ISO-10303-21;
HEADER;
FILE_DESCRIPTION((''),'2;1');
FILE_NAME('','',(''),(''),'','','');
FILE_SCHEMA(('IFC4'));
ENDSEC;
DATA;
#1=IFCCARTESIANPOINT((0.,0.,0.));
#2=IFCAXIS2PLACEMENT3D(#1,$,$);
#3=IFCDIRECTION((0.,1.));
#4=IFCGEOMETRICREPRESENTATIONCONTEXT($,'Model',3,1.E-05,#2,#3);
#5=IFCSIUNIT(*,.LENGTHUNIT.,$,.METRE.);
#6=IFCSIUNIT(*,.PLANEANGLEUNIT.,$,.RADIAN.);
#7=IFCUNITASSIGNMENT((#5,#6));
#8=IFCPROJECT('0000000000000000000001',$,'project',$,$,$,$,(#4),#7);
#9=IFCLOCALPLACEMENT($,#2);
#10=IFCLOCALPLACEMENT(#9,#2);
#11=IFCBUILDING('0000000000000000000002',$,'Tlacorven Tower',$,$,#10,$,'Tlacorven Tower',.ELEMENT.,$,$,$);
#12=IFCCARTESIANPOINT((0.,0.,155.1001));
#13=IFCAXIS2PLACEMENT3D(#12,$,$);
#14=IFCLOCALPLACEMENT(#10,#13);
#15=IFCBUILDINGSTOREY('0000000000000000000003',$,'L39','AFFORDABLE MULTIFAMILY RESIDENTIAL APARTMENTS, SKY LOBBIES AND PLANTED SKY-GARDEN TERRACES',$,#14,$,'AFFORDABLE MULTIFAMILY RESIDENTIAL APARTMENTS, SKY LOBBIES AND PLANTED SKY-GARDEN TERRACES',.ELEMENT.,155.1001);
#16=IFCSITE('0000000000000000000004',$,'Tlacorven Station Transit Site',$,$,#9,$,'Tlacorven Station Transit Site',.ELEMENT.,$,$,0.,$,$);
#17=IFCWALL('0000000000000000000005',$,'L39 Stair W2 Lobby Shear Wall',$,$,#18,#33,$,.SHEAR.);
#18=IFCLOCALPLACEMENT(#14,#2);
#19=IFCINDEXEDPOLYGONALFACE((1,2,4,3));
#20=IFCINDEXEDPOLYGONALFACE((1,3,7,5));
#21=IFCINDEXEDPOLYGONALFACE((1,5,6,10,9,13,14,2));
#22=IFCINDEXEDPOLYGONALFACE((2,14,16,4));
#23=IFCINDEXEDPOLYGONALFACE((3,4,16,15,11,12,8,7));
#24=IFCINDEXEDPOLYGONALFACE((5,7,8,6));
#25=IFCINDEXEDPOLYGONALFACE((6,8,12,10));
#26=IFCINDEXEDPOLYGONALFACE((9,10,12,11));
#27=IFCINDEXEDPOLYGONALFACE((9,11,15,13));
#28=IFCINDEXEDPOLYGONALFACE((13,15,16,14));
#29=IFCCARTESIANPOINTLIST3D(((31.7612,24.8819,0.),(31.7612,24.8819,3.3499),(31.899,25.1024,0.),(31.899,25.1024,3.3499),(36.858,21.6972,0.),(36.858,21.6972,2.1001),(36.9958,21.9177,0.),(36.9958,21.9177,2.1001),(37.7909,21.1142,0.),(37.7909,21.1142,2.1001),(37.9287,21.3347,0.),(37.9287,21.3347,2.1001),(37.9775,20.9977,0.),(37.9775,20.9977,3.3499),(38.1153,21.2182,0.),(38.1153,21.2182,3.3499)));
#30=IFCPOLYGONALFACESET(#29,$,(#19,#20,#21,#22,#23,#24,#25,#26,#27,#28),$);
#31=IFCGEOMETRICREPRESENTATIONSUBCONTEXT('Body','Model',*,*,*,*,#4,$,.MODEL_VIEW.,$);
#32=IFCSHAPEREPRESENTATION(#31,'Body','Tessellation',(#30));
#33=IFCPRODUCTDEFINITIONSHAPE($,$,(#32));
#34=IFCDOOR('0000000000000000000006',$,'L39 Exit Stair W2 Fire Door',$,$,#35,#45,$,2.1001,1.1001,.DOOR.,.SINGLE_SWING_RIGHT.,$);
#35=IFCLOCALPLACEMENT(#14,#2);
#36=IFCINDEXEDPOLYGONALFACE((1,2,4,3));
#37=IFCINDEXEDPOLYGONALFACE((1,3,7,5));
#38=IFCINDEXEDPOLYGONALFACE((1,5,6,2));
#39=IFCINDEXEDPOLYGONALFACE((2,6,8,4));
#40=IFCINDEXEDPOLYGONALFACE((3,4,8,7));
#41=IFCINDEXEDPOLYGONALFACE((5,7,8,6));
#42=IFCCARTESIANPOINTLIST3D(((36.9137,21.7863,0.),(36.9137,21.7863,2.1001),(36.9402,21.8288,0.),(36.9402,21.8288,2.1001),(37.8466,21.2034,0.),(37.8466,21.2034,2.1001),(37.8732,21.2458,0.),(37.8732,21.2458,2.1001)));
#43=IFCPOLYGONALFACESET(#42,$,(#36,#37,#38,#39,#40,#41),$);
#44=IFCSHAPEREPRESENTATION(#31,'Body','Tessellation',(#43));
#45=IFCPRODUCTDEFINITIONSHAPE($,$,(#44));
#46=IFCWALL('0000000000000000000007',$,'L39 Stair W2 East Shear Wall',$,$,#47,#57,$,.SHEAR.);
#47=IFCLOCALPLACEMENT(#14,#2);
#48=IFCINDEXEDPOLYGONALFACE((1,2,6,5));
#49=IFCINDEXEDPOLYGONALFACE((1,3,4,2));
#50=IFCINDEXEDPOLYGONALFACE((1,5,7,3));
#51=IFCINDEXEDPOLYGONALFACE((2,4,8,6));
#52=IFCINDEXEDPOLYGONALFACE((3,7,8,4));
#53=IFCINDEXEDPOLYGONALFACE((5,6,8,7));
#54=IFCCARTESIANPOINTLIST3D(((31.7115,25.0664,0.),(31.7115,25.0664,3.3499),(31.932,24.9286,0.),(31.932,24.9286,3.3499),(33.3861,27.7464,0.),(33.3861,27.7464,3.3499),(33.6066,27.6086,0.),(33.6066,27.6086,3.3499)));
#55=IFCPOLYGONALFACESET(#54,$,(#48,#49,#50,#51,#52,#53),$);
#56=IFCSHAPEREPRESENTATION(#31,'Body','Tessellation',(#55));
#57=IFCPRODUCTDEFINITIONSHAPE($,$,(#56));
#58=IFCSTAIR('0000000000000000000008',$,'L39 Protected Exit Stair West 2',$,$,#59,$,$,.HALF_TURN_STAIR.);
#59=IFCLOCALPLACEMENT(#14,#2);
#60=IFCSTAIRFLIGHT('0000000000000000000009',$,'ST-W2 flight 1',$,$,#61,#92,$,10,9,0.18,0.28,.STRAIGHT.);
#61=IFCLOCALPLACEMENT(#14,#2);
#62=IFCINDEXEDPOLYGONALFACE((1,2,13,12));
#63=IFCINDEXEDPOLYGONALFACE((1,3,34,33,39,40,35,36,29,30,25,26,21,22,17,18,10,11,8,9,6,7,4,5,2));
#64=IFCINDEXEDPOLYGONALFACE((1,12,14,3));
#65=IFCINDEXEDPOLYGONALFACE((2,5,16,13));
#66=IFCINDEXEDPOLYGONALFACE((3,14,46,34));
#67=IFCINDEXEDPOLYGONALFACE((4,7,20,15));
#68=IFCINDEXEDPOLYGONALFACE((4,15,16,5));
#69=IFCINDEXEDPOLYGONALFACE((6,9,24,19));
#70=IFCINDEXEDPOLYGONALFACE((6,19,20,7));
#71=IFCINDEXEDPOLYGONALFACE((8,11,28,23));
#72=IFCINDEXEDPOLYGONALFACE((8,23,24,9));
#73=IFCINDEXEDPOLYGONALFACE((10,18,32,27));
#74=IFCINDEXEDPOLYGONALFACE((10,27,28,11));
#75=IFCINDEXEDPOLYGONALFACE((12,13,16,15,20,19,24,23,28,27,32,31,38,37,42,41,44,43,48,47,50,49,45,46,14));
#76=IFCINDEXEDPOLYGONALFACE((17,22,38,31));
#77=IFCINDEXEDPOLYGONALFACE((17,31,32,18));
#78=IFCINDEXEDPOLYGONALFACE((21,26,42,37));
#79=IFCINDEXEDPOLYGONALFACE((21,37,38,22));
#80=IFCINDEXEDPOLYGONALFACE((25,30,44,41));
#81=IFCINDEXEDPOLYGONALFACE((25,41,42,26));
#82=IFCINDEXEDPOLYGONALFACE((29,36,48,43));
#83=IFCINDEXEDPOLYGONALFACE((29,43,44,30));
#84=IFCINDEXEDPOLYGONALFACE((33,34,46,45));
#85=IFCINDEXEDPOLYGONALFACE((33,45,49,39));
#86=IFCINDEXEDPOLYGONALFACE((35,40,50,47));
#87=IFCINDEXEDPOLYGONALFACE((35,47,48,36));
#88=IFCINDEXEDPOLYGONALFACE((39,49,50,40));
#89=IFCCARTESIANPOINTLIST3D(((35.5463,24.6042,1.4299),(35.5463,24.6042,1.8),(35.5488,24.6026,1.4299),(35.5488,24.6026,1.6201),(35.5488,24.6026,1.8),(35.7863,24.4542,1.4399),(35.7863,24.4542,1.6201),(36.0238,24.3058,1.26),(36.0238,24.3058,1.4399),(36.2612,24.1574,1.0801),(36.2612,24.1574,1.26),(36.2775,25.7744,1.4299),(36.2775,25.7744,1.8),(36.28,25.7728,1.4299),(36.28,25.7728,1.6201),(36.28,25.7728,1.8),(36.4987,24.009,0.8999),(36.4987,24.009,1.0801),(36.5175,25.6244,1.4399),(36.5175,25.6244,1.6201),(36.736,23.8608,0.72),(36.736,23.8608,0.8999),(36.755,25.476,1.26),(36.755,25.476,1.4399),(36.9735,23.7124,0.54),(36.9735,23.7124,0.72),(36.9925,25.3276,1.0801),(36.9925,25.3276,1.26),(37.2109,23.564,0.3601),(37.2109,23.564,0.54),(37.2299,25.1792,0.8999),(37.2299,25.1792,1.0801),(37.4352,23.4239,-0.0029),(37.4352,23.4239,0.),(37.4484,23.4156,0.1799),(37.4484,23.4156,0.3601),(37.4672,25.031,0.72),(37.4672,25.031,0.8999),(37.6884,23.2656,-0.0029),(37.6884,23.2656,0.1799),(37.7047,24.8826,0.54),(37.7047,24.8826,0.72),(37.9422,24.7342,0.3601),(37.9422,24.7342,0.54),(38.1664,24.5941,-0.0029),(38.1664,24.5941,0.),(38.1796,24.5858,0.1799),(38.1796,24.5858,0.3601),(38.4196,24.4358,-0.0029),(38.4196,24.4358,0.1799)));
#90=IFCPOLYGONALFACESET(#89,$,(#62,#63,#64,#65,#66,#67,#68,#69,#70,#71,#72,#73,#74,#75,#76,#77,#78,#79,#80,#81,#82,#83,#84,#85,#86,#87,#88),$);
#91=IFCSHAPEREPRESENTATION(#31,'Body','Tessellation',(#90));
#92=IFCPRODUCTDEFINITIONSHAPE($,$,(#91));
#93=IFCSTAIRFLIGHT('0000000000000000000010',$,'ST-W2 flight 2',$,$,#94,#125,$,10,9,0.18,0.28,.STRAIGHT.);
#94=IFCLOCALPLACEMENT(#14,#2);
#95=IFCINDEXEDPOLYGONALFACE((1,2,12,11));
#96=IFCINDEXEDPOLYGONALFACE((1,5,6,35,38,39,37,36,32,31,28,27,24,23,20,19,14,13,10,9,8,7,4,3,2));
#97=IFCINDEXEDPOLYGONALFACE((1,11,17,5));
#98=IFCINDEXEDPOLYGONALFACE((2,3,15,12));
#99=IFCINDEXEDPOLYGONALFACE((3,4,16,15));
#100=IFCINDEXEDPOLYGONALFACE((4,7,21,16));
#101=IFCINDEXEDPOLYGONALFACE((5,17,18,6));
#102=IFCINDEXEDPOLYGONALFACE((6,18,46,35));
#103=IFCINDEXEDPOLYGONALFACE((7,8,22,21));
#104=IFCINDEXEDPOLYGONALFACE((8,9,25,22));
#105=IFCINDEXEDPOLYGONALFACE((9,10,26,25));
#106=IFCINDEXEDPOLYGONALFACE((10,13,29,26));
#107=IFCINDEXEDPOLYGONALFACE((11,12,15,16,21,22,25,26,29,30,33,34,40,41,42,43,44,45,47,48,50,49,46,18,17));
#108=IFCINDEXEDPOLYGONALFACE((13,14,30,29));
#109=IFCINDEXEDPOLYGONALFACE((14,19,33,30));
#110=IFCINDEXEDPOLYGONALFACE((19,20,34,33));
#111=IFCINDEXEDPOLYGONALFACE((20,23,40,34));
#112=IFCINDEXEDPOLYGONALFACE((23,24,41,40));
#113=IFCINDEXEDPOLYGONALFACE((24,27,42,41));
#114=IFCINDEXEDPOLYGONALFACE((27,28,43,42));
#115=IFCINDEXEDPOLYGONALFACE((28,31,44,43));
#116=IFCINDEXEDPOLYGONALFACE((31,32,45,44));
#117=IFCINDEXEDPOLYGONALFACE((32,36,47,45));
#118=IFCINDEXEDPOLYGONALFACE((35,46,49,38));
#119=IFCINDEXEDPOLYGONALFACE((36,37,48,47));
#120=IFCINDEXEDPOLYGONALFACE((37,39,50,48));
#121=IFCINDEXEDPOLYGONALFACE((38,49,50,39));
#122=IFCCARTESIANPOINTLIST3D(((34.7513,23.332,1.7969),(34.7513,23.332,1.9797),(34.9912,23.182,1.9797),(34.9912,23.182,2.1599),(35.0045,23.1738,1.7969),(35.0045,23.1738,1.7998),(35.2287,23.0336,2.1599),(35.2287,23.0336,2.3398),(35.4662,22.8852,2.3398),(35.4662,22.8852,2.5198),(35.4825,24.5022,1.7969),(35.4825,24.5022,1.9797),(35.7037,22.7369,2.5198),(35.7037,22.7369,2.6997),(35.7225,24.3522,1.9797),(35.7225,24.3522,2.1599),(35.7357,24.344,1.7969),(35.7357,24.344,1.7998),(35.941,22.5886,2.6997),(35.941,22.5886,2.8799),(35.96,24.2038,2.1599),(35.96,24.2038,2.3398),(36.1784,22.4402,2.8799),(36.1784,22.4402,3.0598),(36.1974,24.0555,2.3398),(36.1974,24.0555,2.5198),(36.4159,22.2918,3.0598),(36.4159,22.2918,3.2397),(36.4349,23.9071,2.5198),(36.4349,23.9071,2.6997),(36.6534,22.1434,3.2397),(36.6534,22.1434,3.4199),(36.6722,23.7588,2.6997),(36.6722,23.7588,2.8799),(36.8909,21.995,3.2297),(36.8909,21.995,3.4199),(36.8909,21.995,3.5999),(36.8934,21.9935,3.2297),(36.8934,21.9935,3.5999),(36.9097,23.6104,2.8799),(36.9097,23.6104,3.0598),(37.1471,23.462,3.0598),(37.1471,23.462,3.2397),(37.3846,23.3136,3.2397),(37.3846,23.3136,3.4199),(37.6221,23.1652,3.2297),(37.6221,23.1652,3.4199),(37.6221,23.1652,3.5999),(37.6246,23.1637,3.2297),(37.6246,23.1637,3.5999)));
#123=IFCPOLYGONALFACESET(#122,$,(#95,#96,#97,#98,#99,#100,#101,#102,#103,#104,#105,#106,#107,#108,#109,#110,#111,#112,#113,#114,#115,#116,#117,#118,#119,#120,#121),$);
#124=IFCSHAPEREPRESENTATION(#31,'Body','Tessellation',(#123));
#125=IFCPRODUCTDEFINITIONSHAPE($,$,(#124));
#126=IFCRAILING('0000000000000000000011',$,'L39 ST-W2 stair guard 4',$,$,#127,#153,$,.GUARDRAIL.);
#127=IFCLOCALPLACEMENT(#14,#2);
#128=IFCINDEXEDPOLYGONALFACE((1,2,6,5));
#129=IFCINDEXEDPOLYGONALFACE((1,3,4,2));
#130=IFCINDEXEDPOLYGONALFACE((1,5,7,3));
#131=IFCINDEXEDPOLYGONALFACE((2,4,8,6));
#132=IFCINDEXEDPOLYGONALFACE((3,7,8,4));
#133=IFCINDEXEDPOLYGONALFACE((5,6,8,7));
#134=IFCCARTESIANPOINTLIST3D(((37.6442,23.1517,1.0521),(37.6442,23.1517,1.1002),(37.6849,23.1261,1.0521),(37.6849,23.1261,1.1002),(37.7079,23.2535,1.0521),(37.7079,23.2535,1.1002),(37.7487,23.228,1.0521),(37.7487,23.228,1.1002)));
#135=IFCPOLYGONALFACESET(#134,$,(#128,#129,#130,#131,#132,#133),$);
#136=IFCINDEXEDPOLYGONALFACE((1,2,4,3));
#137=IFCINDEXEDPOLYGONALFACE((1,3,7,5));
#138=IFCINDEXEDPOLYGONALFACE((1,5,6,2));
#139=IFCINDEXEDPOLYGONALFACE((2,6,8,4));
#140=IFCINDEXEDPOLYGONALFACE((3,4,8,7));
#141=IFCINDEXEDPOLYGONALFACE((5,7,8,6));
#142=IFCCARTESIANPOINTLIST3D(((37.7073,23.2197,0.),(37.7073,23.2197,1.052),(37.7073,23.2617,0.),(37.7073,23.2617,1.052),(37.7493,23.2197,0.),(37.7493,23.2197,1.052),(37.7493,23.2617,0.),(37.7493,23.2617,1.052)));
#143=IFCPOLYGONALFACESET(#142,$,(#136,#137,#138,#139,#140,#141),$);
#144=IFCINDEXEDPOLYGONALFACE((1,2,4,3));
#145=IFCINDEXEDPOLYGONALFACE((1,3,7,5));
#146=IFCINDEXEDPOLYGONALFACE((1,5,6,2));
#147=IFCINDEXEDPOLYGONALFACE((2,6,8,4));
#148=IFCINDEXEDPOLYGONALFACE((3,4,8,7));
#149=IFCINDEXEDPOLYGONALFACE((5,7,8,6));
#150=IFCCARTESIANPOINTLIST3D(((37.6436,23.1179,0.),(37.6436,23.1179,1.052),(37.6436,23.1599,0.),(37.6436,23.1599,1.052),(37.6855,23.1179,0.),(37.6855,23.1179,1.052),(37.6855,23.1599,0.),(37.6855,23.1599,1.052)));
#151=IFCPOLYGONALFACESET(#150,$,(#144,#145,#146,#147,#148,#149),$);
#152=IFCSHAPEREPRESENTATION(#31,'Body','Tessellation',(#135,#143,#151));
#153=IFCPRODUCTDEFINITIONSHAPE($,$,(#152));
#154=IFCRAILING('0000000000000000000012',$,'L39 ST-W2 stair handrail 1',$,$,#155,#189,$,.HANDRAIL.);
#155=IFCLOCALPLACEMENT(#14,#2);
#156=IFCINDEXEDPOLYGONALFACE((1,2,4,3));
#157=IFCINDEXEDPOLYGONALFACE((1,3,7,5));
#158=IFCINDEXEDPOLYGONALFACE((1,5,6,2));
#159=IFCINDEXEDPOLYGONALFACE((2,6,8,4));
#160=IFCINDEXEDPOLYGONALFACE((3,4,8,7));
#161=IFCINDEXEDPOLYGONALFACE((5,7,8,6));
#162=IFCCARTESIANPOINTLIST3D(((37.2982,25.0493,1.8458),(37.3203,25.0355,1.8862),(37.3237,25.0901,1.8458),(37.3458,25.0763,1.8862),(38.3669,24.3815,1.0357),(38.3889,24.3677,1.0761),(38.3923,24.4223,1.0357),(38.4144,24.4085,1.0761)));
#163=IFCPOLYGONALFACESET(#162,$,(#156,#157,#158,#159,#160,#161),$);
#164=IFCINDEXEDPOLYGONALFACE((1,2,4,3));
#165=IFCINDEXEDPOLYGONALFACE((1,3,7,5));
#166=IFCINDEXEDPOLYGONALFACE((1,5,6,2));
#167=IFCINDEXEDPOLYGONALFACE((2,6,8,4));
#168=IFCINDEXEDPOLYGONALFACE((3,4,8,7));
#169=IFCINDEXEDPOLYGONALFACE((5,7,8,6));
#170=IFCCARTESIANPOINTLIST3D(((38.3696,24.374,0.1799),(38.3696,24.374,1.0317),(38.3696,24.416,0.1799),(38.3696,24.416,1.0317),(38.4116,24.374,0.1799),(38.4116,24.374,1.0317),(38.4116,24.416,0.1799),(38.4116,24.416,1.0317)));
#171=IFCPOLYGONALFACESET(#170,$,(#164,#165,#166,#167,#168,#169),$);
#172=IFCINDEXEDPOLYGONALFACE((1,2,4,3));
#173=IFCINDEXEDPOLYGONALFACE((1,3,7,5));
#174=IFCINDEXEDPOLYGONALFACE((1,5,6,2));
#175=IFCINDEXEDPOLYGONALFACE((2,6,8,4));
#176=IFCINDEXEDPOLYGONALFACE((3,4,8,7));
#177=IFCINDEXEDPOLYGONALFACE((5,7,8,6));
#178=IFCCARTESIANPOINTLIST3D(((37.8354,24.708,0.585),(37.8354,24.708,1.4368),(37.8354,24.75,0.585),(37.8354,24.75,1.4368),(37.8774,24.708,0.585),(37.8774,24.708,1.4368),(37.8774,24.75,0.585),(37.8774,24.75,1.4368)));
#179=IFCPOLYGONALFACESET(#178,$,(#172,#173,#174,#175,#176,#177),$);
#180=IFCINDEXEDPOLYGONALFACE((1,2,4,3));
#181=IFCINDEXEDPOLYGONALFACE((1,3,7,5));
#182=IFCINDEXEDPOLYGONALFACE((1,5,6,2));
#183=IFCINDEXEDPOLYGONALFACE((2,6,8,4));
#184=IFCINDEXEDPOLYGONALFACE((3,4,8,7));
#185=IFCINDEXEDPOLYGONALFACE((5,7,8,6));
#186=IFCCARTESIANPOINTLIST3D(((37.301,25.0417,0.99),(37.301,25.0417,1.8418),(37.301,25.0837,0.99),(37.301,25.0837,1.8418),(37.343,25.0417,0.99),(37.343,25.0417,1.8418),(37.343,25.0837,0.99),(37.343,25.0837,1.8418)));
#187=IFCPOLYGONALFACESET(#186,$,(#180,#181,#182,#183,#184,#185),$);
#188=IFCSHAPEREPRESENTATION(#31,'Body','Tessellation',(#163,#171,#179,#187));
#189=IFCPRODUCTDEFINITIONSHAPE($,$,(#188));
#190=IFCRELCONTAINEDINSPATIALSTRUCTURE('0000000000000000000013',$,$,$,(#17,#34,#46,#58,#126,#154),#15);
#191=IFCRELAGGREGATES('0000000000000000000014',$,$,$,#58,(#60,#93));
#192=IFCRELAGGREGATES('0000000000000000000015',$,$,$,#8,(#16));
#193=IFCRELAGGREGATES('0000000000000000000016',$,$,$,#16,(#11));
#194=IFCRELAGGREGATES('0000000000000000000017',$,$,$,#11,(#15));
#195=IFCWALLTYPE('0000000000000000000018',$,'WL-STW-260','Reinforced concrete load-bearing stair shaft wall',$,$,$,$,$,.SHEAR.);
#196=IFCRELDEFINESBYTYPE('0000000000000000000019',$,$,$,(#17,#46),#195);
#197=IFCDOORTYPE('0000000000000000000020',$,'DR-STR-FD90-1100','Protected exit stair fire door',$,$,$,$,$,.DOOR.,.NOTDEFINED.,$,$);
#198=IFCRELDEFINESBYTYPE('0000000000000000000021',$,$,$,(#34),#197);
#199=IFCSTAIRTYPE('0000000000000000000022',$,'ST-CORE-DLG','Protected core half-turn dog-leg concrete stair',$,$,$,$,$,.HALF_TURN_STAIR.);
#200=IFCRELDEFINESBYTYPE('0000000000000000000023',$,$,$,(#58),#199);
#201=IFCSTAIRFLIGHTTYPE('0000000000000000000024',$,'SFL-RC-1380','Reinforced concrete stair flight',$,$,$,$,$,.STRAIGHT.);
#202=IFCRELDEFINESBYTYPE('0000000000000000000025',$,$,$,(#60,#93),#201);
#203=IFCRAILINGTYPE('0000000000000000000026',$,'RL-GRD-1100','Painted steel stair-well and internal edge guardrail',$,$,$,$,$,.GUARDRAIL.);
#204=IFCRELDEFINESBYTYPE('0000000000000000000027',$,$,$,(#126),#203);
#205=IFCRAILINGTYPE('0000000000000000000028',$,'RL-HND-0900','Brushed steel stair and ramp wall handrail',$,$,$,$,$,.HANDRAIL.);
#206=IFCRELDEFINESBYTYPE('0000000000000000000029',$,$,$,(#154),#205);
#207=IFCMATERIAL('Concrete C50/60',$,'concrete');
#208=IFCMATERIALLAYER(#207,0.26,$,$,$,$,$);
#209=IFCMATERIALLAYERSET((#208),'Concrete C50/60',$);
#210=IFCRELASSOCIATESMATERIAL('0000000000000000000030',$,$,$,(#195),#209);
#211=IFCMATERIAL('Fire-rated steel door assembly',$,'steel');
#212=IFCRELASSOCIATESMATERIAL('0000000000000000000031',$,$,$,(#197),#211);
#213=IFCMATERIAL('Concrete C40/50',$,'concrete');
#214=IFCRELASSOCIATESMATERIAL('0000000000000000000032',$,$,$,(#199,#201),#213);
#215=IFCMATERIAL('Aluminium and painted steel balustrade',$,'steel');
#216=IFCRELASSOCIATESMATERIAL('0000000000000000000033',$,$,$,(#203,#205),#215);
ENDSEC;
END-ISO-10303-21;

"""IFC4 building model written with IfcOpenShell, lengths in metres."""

from ifc_helpers import new_model, si_unit, direction, frame, frame_2d, origin, origin_2d, place, context, subcontext, project, spatial, polyline, rectangle, outline, extrude, source, transform, mapped, material, layer, layer_set, type_object, element, fill, aggregate, save


model = new_model("IFC4")

# Units and contexts
model_context = context("Model", 3, precision=1e-05, world=origin(), true_north=direction((0.0, 1.0)))
body_context = subcontext(model_context, "Body", "Model", "MODEL_VIEW")
ifc_project = project(units=[si_unit("LENGTHUNIT", "METRE"), si_unit("PLANEANGLEUNIT", "RADIAN")], contexts=[model_context])

# Site, building, storey
site_placement = place(None, origin())
site = spatial("IfcSite", under=ifc_project, at=site_placement, Name="Tlacorven Station Transit Site", LongName="Tlacorven Station Transit Site", CompositionType="ELEMENT", RefElevation=0.0)
building_placement = place(site_placement, origin())
building = spatial("IfcBuilding", under=site, at=building_placement, Name="Tlacorven Tower", LongName="Tlacorven Tower", CompositionType="ELEMENT")
storey_placement = place(building_placement, frame((0.0, 0.0, 155.1001)))
storey = spatial("IfcBuildingStorey", under=building, at=storey_placement, Name="L39", Description="AFFORDABLE MULTIFAMILY RESIDENTIAL APARTMENTS, SKY LOBBIES AND PLANTED SKY-GARDEN TERRACES", LongName="AFFORDABLE MULTIFAMILY RESIDENTIAL APARTMENTS, SKY LOBBIES AND PLANTED SKY-GARDEN TERRACES", CompositionType="ELEMENT", Elevation=155.1001)

# Shared definitions
ifc_material_1 = material(Name="Concrete C40/50", Category="concrete")
ifc_material_2 = material(Name="Concrete C50/60", Category="concrete")
ifc_layer_1 = layer(ifc_material_2, 0.26)
ifc_layer_set_1 = layer_set([ifc_layer_1], Name="Concrete C50/60")
wall_type_1 = type_object("IfcWallType", Name="WL-STW-260", Description="Reinforced concrete load-bearing stair shaft wall", PredefinedType="SHEAR", material=ifc_layer_set_1)

# Wall, opening, door
wall_1_placement = place(storey_placement, frame((38.0464, 21.1079, 0.0), z_axis=(0.0, 0.0, 1.0), x_axis=(-0.848054, 0.529909, 0.0)))
wall_1 = element("IfcWall", 1, at=wall_1_placement, inside=storey, type_object=wall_type_1, Name="L39 Stair W2 Lobby Shear Wall", PredefinedType="SHEAR", context=body_context, shape_type="SweptSolid", body=[
    extrude(rectangle(XDim=7.3301, YDim=0.26, at=frame_2d((3.665, 0.0))), origin(), (0.0, 0.0, 1.0), 3.3499),
])
opening_placement = place(wall_1_placement, frame((0.22, 0.0, 0.0)))
opening = element("IfcOpeningElement", 2, at=opening_placement, cuts=wall_1, PredefinedType="OPENING", context=body_context, shape_type="SweptSolid", body=[
    extrude(rectangle(XDim=1.1001, YDim=2.1001, at=frame_2d((0.55, 1.05))), frame((0.0, 0.1401, 0.0), z_axis=(0.0, -1.0, 0.0), x_axis=(1.0, 0.0, 0.0)), (0.0, 0.0, 1.0), 0.28),
])
ifc_material_3 = material(Name="Fire-rated steel door assembly", Category="steel")
door_type = type_object("IfcDoorType", Name="DR-STR-FD90-1100", Description="Protected exit stair fire door", OperationType="NOTDEFINED", PredefinedType="DOOR", material=ifc_material_3)
shared_shape_1 = source(origin(), body_context, "Body", "SweptSolid", [
    extrude(rectangle(XDim=1.1001, YDim=2.1001, at=frame_2d((0.55, 1.05))), frame((0.0, 0.0249, 0.0), z_axis=(0.0, -1.0, 0.0), x_axis=(1.0, 0.0, 0.0)), (0.0, 0.0, 1.0), 0.05),
])
door_placement = place(opening_placement, origin())
door = element("IfcDoor", 3, at=door_placement, inside=storey, type_object=door_type, Name="L39 Exit Stair W2 Fire Door", OperationType="SINGLE_SWING_RIGHT", OverallHeight=2.1001, OverallWidth=1.1001, PredefinedType="DOOR", context=body_context, shape_type="MappedRepresentation", body=[
    mapped(shared_shape_1, transform((0.0, 0.0, 0.0), scale=1.0)),
])
fill(opening, door)

# Wall
wall_2_placement = place(storey_placement, frame((33.4963, 27.6775, 0.0), z_axis=(0.0, 0.0, 1.0), x_axis=(-0.529909, -0.848055, 0.0)))
element("IfcWall", 4, at=wall_2_placement, inside=storey, type_object=wall_type_1, Name="L39 Stair W2 East Shear Wall", PredefinedType="SHEAR", context=body_context, shape_type="SweptSolid", body=[
    extrude(rectangle(XDim=3.1602, YDim=0.26, at=frame_2d((1.5801, 0.0))), origin(), (0.0, 0.0, 1.0), 3.3499),
])

# Stair, stair flights
stair_type = type_object("IfcStairType", Name="ST-CORE-DLG", Description="Protected core half-turn dog-leg concrete stair", PredefinedType="HALF_TURN_STAIR", material=ifc_material_1)
stair_placement = place(storey_placement, origin())
stair = element("IfcStair", 5, at=stair_placement, inside=storey, type_object=stair_type, Name="L39 Protected Exit Stair West 2", PredefinedType="HALF_TURN_STAIR")
stair_flight_type = type_object("IfcStairFlightType", Name="SFL-RC-1380", Description="Reinforced concrete stair flight", PredefinedType="STRAIGHT", material=ifc_material_1)
shared_shape_2 = source(origin(), body_context, "Body", "SweptSolid", [
    extrude(outline(polyline([(-0.0029, -0.0029), (-0.0029, 0.1799), (0.28, 0.1799), (0.28, 0.3601), (0.5601, 0.3601), (0.5601, 0.54), (0.8401, 0.54), (0.8401, 0.72), (1.1201, 0.72), (1.1201, 0.8999), (1.3999, 0.8999), (1.3999, 1.0801), (1.6799, 1.0801), (1.6799, 1.26), (1.96, 1.26), (1.96, 1.4399), (2.24, 1.4399), (2.24, 1.6201), (2.52, 1.6201), (2.52, 1.8), (2.5229, 1.8), (2.5229, 1.4299), (2.52, 1.4299), (0.2957, 0.0), (0.2957, -0.0029), (-0.0029, -0.0029)])), frame((0.0, 0.6899, 0.0), z_axis=(0.0, -1.0, 0.0), x_axis=(1.0, 0.0, 0.0)), (0.0, 0.0, 1.0), 1.3799),
])
stair_flight_1_placement = place(storey_placement, frame((38.0515, 23.8523, 0.0), z_axis=(0.0, 0.0, 1.0), x_axis=(-0.848048, 0.529919, 0.0)))
stair_flight_1 = element("IfcStairFlight", 6, at=stair_flight_1_placement, type_object=stair_flight_type, Name="ST-W2 flight 1", NumberOfRisers=10, NumberOfTreads=9, PredefinedType="STRAIGHT", RiserHeight=0.18, TreadLength=0.28, context=body_context, shape_type="MappedRepresentation", body=[
    mapped(shared_shape_2, transform((0.0, 0.0, 0.0), scale=1.0)),
])
stair_flight_2_placement = place(storey_placement, frame((35.1194, 23.9155, 1.7998), z_axis=(0.0, 0.0, 1.0), x_axis=(0.848048, -0.529919, 0.0)))
stair_flight_2 = element("IfcStairFlight", 7, at=stair_flight_2_placement, type_object=stair_flight_type, Name="ST-W2 flight 2", NumberOfRisers=10, NumberOfTreads=9, PredefinedType="STRAIGHT", RiserHeight=0.18, TreadLength=0.28, context=body_context, shape_type="MappedRepresentation", body=[
    mapped(shared_shape_2, transform((0.0, 0.0, 0.0), scale=1.0)),
])
aggregate(stair, [stair_flight_1, stair_flight_2])

# Railings
ifc_material_4 = material(Name="Aluminium and painted steel balustrade", Category="steel")
railing_type_1 = type_object("IfcRailingType", Name="RL-GRD-1100", Description="Painted steel stair-well and internal edge guardrail", PredefinedType="GUARDRAIL", material=ifc_material_4)
shared_shape_3 = source(origin(), body_context, "Body", "SweptSolid", [
    extrude(rectangle(XDim=0.0481, YDim=0.0481, at=origin_2d()), frame((0.0, 0.0, 1.0762), z_axis=(-0.530547, -0.847656, 0.0), x_axis=(0.847656, -0.530547, 0.0)), (0.0, 0.0, 1.0), 0.1201),
    extrude(rectangle(XDim=0.042, YDim=0.042, at=origin_2d()), origin(), (0.0, 0.0, 1.0), 1.052),
    extrude(rectangle(XDim=0.042, YDim=0.042, at=origin_2d()), frame((-0.0637, -0.1018, 0.0)), (0.0, 0.0, 1.0), 1.052),
])
railing_1_placement = place(storey_placement, frame((37.7283, 23.2407, 0.0)))
element("IfcRailing", 8, at=railing_1_placement, inside=storey, type_object=railing_type_1, Name="L39 ST-W2 stair guard 4", PredefinedType="GUARDRAIL", context=body_context, shape_type="MappedRepresentation", body=[
    mapped(shared_shape_3, transform((0.0, 0.0, 0.0), scale=1.0)),
])
railing_type_2 = type_object("IfcRailingType", Name="RL-HND-0900", Description="Brushed steel stair and ramp wall handrail", PredefinedType="HANDRAIL", material=ifc_material_4)
shared_shape_4 = source(origin(), body_context, "Body", "SweptSolid", [
    extrude(rectangle(XDim=0.0481, YDim=0.0481, at=origin_2d()), frame((0.0, 0.0, 0.876), z_axis=(-0.71336, 0.445748, 0.540765), x_axis=(-0.529912, -0.848053, 0.0)), (0.0, 0.0, 1.0), 1.498),
    extrude(rectangle(XDim=0.042, YDim=0.042, at=origin_2d()), origin(), (0.0, 0.0, 1.0), 0.8518),
    extrude(rectangle(XDim=0.042, YDim=0.042, at=origin_2d()), frame((-0.5342, 0.334, 0.405)), (0.0, 0.0, 1.0), 0.8518),
    extrude(rectangle(XDim=0.042, YDim=0.042, at=origin_2d()), frame((-1.0686, 0.6677, 0.8101)), (0.0, 0.0, 1.0), 0.8518),
])
railing_2_placement = place(storey_placement, frame((38.3906, 24.395, 0.1799)))
element("IfcRailing", 9, at=railing_2_placement, inside=storey, type_object=railing_type_2, Name="L39 ST-W2 stair handrail 1", PredefinedType="HANDRAIL", context=body_context, shape_type="MappedRepresentation", body=[
    mapped(shared_shape_4, transform((0.0, 0.0, 0.0), scale=1.0)),
])

save(model, "model.ifc")
